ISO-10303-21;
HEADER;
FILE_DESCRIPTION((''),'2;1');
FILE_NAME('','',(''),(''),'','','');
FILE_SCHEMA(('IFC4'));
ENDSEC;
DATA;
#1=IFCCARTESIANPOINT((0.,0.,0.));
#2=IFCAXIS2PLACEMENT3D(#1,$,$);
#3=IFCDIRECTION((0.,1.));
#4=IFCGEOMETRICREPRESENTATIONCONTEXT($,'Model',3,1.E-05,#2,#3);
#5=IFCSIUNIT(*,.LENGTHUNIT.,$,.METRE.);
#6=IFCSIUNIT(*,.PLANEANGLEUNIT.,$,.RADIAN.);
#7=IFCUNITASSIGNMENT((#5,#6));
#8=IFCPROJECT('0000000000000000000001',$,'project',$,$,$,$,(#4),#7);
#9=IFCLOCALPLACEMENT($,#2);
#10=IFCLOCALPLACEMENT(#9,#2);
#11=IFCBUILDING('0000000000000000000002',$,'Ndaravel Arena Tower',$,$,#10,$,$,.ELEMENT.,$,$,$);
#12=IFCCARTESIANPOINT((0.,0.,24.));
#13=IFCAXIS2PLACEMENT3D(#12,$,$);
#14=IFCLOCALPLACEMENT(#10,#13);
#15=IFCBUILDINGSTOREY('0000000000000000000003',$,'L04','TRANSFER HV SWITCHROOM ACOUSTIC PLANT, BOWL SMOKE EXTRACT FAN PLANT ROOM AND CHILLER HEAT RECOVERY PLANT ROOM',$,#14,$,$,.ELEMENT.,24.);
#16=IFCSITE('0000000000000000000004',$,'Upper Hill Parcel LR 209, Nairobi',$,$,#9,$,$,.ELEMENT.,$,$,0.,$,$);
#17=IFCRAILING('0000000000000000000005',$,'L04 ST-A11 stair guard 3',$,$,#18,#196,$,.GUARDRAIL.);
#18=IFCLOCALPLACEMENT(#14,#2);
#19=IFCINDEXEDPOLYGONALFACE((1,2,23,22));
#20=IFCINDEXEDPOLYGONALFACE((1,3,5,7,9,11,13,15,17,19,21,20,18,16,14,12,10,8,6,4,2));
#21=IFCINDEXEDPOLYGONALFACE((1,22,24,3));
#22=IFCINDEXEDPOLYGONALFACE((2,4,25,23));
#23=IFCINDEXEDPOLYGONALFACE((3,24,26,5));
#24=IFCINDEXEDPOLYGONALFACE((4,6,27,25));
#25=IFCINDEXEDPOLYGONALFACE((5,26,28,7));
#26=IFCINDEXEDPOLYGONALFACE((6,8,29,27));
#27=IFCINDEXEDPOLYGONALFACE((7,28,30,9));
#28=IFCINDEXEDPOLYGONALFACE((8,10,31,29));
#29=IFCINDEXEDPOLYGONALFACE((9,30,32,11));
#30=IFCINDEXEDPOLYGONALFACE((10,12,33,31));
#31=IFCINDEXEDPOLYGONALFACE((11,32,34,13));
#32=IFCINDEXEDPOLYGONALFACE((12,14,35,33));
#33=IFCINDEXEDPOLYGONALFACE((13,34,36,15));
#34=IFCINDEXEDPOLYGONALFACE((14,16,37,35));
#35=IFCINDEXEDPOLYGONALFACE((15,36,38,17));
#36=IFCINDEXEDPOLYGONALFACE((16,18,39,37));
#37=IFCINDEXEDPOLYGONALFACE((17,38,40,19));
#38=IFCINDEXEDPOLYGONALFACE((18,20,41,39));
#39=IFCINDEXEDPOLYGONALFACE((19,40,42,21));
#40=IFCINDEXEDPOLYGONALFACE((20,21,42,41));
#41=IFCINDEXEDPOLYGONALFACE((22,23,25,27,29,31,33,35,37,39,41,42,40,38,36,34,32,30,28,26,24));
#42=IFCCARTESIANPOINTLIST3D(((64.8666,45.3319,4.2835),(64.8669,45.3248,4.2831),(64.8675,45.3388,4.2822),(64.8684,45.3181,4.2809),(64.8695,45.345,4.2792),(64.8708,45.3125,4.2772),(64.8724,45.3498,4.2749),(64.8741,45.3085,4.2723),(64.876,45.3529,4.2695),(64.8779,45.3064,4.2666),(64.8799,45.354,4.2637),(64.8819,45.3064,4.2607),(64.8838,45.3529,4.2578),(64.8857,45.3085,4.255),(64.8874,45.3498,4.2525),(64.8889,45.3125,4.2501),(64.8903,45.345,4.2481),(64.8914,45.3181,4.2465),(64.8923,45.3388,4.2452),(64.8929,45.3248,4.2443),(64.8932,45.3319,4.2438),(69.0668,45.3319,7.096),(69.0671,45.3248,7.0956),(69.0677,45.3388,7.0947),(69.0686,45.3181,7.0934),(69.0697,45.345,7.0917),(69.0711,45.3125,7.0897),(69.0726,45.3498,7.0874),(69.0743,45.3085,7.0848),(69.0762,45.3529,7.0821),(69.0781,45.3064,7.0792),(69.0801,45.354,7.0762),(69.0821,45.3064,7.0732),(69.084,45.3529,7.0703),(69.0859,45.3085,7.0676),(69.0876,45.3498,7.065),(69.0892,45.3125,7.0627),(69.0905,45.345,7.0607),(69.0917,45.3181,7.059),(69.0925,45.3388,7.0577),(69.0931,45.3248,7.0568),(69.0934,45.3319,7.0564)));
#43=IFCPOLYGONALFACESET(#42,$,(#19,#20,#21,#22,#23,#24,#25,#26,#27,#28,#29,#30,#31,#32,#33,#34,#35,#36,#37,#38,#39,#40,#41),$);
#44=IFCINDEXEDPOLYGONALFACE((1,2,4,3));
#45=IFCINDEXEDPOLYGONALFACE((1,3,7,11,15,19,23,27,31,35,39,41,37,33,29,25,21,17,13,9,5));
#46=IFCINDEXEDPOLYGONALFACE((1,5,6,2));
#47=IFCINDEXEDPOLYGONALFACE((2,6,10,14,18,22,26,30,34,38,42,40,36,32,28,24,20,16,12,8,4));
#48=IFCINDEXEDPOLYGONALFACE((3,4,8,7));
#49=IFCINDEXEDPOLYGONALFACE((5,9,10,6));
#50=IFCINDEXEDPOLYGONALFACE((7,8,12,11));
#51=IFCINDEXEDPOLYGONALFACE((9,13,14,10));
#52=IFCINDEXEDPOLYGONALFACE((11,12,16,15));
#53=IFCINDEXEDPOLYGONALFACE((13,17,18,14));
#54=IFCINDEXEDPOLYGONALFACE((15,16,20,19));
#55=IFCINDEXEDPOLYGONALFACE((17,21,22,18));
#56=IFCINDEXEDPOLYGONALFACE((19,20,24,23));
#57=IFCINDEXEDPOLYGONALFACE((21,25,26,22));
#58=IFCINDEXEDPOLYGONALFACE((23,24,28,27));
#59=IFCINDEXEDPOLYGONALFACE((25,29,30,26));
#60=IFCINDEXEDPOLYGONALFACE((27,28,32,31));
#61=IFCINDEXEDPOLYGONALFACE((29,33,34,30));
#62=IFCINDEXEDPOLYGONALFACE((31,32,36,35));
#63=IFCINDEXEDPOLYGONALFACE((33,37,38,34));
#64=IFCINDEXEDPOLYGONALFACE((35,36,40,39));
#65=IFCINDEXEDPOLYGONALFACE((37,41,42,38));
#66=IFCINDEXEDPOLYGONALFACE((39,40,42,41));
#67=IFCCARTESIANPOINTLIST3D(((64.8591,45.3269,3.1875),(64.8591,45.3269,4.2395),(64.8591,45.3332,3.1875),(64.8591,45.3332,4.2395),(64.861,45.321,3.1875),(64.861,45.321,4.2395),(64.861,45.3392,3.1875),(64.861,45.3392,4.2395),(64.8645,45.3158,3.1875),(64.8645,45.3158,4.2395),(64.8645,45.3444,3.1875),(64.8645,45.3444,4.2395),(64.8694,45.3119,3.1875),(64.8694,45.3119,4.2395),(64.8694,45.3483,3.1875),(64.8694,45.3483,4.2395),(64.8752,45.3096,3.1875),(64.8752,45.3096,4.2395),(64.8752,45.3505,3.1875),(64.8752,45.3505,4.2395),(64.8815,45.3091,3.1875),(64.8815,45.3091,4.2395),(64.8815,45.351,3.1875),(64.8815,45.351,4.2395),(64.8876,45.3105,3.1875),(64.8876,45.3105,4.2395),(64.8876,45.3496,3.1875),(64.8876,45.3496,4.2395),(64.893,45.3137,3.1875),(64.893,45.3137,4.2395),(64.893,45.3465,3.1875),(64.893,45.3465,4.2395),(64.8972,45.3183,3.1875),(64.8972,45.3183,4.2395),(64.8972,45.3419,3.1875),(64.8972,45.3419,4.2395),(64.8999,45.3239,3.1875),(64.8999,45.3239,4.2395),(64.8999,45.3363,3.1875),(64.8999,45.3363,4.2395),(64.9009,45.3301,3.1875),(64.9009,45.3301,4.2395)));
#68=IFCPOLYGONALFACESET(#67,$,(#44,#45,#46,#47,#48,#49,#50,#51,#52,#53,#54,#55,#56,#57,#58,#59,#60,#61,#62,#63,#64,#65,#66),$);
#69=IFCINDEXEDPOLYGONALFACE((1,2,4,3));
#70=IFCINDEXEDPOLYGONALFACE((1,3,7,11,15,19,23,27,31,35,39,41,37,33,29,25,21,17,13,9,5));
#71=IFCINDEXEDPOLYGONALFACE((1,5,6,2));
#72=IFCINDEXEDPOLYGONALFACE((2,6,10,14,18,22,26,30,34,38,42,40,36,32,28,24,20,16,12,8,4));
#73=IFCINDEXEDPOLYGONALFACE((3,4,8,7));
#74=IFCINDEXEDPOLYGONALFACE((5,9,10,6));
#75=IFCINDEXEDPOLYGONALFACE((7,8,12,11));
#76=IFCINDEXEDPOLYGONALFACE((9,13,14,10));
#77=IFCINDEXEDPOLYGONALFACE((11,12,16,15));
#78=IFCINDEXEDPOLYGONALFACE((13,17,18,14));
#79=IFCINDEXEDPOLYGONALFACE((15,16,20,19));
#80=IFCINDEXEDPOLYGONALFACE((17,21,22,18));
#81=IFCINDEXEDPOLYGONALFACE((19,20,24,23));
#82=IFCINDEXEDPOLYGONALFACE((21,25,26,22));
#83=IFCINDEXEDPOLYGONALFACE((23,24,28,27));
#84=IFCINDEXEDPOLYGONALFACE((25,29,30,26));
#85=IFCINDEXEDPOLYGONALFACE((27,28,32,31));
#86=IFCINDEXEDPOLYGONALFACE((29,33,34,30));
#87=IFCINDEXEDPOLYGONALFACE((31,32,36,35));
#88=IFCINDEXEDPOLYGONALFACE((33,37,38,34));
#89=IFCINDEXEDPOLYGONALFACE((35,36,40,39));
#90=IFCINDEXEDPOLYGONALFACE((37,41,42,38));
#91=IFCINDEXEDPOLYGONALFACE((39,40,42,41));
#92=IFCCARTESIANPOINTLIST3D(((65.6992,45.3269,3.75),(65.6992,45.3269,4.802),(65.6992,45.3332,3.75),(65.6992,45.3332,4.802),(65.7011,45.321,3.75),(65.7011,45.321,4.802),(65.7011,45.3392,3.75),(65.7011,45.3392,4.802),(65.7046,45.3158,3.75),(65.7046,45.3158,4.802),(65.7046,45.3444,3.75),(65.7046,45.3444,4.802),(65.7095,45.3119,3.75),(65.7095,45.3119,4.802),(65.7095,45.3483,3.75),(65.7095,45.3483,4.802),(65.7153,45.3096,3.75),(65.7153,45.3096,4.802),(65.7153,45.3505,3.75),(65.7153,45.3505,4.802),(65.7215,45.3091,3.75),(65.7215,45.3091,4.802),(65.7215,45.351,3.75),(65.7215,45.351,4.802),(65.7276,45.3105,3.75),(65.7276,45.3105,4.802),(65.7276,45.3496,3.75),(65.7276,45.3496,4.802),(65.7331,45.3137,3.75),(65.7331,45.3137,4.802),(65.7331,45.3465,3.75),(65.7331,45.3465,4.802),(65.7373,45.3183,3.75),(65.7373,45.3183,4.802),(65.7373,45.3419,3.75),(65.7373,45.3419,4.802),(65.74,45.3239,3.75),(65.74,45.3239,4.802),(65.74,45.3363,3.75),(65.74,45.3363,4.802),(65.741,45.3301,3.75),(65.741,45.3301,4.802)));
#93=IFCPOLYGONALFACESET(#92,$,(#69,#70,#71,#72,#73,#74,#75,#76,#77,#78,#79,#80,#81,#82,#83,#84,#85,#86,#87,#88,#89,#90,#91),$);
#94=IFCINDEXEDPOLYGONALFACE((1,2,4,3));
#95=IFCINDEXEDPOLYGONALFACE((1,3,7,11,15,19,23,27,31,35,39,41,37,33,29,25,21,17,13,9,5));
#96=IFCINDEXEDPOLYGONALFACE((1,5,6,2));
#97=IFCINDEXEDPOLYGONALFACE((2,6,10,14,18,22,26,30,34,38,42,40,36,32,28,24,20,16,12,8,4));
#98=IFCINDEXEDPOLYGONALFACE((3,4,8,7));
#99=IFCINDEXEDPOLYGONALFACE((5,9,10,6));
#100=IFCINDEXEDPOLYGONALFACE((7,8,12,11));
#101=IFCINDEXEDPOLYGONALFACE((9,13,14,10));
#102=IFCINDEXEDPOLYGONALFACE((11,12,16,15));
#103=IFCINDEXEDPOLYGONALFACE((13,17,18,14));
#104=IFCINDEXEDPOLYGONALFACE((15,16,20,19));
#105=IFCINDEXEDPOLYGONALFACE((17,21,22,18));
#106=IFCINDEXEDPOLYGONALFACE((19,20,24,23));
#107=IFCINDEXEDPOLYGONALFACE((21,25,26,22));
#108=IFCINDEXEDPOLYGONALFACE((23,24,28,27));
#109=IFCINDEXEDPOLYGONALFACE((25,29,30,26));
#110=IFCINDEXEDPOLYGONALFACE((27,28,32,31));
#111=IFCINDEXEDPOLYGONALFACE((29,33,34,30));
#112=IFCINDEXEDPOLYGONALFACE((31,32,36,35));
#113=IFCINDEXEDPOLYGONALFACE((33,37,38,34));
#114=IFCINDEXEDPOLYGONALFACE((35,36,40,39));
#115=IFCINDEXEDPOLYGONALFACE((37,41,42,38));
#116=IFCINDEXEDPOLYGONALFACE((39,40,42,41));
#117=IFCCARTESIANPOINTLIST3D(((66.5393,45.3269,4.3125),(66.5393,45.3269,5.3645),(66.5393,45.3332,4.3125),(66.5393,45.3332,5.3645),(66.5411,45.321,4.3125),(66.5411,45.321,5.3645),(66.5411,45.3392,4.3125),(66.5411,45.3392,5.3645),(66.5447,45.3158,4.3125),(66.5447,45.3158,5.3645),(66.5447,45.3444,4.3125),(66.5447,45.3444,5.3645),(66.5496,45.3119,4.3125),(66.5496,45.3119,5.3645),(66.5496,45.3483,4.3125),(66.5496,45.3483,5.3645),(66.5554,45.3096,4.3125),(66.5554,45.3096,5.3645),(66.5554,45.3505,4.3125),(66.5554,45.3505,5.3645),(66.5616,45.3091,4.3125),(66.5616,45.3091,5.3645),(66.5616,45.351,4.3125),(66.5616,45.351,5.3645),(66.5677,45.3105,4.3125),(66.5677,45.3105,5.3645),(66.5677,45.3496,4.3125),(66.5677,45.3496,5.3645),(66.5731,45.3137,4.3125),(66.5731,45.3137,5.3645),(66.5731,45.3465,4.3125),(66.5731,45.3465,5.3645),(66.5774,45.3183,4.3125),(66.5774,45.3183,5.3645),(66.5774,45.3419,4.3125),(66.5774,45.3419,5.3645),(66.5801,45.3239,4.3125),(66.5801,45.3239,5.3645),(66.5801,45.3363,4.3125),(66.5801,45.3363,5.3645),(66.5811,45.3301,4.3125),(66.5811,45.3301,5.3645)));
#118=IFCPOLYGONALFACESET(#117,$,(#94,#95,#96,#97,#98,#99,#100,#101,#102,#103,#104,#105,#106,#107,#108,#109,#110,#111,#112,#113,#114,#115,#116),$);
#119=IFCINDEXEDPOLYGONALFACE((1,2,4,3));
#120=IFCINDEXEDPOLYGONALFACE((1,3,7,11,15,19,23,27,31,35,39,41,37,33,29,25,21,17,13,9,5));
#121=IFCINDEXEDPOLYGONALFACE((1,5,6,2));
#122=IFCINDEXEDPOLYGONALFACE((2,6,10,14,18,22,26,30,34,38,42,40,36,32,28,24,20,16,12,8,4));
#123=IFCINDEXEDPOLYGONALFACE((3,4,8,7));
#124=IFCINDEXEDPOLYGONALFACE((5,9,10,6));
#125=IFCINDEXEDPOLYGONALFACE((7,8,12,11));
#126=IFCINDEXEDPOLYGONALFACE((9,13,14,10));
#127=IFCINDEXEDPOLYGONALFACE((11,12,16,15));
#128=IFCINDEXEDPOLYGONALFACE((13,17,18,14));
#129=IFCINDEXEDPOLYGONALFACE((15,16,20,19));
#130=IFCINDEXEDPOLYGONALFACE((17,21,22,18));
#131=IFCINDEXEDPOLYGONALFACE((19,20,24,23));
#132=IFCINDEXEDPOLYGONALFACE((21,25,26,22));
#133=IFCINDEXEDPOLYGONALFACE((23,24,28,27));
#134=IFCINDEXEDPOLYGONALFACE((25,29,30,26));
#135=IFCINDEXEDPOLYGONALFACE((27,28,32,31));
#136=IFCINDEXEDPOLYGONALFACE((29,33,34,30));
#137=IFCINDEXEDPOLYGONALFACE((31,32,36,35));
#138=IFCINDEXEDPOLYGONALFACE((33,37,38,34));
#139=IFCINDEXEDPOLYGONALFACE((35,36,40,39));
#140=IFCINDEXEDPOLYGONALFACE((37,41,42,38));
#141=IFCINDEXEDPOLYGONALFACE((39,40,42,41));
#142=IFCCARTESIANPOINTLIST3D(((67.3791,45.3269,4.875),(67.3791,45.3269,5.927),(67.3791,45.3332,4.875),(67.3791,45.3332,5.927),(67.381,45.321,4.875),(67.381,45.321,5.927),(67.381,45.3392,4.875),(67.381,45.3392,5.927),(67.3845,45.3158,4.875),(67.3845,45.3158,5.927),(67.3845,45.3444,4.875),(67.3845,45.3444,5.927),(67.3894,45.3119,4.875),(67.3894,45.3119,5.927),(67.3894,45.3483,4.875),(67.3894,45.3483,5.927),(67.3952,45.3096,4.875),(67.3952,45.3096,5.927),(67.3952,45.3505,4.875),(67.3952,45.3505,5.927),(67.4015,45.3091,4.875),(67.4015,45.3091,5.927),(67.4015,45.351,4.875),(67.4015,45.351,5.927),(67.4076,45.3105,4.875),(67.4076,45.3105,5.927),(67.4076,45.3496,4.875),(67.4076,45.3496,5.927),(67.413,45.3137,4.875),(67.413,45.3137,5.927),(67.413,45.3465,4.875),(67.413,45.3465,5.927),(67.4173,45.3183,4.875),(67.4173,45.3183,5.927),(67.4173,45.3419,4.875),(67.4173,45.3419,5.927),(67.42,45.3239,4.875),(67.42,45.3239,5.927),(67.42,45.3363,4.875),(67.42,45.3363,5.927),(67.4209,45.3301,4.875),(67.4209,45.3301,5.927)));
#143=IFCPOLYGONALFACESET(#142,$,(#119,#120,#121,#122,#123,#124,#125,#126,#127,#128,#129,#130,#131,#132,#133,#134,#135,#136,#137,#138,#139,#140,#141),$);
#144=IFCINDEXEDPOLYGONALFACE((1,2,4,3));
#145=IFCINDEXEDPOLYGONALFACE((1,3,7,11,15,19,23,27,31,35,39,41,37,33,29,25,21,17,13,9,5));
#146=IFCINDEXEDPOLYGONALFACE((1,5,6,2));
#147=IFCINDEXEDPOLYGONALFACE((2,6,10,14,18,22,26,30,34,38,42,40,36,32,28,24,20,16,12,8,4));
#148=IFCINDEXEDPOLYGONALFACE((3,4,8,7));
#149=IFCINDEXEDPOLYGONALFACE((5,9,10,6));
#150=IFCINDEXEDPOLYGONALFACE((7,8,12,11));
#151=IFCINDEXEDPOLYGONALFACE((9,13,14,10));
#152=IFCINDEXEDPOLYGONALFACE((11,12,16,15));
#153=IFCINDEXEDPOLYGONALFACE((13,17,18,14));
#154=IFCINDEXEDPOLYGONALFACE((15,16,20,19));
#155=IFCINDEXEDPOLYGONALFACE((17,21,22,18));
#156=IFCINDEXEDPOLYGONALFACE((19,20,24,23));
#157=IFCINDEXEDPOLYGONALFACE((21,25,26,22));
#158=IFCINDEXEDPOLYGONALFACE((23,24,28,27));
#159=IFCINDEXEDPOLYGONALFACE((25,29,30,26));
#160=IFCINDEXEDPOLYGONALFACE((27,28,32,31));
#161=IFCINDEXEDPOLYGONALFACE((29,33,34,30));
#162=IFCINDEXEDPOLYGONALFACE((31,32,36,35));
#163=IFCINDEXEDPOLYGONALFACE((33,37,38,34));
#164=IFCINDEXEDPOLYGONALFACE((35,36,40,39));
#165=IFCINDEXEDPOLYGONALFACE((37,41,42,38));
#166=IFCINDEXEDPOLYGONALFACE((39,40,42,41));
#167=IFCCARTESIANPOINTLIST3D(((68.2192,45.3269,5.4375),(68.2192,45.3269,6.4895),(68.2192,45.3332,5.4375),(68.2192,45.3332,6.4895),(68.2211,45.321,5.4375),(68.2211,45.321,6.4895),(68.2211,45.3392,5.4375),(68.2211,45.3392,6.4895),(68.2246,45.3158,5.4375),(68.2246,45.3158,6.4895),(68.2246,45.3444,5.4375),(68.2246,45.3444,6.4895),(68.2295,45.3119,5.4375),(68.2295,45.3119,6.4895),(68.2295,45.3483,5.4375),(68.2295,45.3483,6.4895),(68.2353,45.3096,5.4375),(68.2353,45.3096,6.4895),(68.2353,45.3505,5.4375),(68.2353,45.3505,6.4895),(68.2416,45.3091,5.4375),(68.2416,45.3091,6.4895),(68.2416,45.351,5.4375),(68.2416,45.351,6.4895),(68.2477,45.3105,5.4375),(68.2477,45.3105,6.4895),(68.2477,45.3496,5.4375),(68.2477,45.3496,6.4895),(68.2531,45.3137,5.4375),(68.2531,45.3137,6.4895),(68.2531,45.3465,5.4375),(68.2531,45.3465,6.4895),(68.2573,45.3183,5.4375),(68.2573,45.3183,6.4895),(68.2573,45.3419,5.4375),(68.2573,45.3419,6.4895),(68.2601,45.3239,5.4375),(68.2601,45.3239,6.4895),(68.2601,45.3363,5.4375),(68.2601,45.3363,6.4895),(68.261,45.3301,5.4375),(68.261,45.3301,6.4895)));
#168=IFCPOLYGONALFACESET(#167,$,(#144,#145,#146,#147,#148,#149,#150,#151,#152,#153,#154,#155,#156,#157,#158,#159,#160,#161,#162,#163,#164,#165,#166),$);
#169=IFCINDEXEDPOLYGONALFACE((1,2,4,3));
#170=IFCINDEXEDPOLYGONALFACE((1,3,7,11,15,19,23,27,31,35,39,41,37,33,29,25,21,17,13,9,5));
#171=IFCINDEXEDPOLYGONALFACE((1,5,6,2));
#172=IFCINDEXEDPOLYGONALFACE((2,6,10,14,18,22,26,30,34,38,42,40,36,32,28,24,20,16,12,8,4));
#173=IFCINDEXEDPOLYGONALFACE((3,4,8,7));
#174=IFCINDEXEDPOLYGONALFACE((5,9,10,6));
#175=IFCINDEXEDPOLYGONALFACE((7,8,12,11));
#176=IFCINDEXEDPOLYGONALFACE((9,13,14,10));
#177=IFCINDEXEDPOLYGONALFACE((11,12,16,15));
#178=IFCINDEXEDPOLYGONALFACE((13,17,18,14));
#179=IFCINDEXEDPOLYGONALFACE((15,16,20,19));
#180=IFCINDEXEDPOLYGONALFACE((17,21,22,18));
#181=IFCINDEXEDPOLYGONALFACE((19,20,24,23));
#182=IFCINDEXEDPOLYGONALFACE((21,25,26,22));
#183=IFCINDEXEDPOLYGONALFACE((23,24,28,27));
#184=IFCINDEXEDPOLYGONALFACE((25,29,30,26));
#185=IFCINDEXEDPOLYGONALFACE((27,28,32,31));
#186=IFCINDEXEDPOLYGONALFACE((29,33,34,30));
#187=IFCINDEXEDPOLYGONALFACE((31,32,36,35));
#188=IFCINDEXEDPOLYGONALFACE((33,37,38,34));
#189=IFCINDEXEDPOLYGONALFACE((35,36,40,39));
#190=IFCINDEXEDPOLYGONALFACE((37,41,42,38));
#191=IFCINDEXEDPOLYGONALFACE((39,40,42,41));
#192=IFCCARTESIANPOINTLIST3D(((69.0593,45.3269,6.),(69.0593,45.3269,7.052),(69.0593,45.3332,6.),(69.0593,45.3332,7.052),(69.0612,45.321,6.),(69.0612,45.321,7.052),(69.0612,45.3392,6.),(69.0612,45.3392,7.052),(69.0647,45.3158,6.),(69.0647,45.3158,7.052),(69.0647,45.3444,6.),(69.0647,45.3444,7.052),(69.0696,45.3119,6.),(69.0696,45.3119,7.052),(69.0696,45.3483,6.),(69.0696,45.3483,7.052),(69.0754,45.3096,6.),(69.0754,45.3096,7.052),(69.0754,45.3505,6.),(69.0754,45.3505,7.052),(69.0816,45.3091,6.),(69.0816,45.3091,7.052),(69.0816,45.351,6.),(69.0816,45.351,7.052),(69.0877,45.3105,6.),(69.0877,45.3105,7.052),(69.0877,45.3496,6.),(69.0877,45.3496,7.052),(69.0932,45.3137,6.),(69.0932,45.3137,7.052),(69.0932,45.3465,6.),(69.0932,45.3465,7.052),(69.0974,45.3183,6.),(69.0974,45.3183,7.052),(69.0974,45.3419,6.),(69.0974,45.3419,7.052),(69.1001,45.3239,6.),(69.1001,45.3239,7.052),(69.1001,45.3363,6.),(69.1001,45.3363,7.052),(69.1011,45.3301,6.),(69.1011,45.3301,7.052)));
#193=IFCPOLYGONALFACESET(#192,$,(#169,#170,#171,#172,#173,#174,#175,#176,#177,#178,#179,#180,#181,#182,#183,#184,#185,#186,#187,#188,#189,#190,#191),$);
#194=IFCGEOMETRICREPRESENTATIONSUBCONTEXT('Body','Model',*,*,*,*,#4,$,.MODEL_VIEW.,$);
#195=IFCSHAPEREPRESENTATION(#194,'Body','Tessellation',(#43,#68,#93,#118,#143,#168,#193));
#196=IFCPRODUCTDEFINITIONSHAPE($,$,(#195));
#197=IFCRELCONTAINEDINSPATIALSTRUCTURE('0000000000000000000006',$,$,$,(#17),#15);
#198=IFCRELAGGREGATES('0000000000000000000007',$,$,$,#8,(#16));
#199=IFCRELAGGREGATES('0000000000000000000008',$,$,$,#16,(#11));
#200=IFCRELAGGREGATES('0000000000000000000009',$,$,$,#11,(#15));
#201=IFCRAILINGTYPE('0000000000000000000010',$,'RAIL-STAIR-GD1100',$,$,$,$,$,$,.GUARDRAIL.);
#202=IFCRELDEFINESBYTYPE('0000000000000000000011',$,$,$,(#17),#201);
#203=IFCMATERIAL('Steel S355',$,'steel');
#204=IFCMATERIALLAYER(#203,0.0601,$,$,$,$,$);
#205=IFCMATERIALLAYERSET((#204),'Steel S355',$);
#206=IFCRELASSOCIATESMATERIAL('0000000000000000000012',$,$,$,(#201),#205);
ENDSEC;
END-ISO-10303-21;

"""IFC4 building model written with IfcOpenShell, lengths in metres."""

from ifc_helpers import new_model, si_unit, direction, frame, origin, origin_2d, place, context, subcontext, project, spatial, circle, extrude, material, layer, layer_set, type_object, element, save


model = new_model("IFC4")

# Units and contexts
model_context = context("Model", 3, precision=1e-05, world=origin(), true_north=direction((0.0, 1.0)))
body_context = subcontext(model_context, "Body", "Model", "MODEL_VIEW")
ifc_project = project(units=[si_unit("LENGTHUNIT", "METRE"), si_unit("PLANEANGLEUNIT", "RADIAN")], contexts=[model_context])

# Site, building, storey
site_placement = place(None, origin())
site = spatial("IfcSite", under=ifc_project, at=site_placement, Name="Upper Hill Parcel LR 209, Nairobi", CompositionType="ELEMENT", RefElevation=0.0)
building_placement = place(site_placement, origin())
building = spatial("IfcBuilding", under=site, at=building_placement, Name="Ndaravel Arena Tower", CompositionType="ELEMENT")
storey_placement = place(building_placement, frame((0.0, 0.0, 24.0)))
storey = spatial("IfcBuildingStorey", under=building, at=storey_placement, Name="L04", Description="TRANSFER HV SWITCHROOM ACOUSTIC PLANT, BOWL SMOKE EXTRACT FAN PLANT ROOM AND CHILLER HEAT RECOVERY PLANT ROOM", CompositionType="ELEMENT", Elevation=24.0)

# Railing
ifc_material_1 = material(Name="Steel S355", Category="steel")
ifc_layer_1 = layer(ifc_material_1, 0.0601)
ifc_layer_set_1 = layer_set([ifc_layer_1], Name="Steel S355")
railing_type_1 = type_object("IfcRailingType", Name="RAIL-STAIR-GD1100", PredefinedType="GUARDRAIL", material=ifc_layer_set_1)
railing_1_placement = place(storey_placement, frame((64.8799, 45.3301, 3.1875)))
element("IfcRailing", 1, at=railing_1_placement, inside=storey, type_object=railing_type_1, Name="L04 ST-A11 stair guard 3", PredefinedType="GUARDRAIL", context=body_context, shape_type="SweptSolid", body=[
    extrude(circle(Radius=0.0239, at=origin_2d()), frame((0.0, 0.0, 1.0762), z_axis=(0.830919, 0.0, 0.556393), x_axis=(0.0, 1.0, 0.0)), (0.0, 0.0, 1.0), 5.0549),
    extrude(circle(Radius=0.021, at=origin_2d()), origin(), (0.0, 0.0, 1.0), 1.052),
    extrude(circle(Radius=0.021, at=origin_2d()), frame((0.8401, 0.0, 0.5625)), (0.0, 0.0, 1.0), 1.052),
    extrude(circle(Radius=0.021, at=origin_2d()), frame((1.6802, 0.0, 1.125)), (0.0, 0.0, 1.0), 1.052),
    extrude(circle(Radius=0.021, at=origin_2d()), frame((2.52, 0.0, 1.6875)), (0.0, 0.0, 1.0), 1.052),
    extrude(circle(Radius=0.021, at=origin_2d()), frame((3.3601, 0.0, 2.25)), (0.0, 0.0, 1.0), 1.052),
    extrude(circle(Radius=0.021, at=origin_2d()), frame((4.2002, 0.0, 2.8125)), (0.0, 0.0, 1.0), 1.052),
])

save(model, "model.ifc")
